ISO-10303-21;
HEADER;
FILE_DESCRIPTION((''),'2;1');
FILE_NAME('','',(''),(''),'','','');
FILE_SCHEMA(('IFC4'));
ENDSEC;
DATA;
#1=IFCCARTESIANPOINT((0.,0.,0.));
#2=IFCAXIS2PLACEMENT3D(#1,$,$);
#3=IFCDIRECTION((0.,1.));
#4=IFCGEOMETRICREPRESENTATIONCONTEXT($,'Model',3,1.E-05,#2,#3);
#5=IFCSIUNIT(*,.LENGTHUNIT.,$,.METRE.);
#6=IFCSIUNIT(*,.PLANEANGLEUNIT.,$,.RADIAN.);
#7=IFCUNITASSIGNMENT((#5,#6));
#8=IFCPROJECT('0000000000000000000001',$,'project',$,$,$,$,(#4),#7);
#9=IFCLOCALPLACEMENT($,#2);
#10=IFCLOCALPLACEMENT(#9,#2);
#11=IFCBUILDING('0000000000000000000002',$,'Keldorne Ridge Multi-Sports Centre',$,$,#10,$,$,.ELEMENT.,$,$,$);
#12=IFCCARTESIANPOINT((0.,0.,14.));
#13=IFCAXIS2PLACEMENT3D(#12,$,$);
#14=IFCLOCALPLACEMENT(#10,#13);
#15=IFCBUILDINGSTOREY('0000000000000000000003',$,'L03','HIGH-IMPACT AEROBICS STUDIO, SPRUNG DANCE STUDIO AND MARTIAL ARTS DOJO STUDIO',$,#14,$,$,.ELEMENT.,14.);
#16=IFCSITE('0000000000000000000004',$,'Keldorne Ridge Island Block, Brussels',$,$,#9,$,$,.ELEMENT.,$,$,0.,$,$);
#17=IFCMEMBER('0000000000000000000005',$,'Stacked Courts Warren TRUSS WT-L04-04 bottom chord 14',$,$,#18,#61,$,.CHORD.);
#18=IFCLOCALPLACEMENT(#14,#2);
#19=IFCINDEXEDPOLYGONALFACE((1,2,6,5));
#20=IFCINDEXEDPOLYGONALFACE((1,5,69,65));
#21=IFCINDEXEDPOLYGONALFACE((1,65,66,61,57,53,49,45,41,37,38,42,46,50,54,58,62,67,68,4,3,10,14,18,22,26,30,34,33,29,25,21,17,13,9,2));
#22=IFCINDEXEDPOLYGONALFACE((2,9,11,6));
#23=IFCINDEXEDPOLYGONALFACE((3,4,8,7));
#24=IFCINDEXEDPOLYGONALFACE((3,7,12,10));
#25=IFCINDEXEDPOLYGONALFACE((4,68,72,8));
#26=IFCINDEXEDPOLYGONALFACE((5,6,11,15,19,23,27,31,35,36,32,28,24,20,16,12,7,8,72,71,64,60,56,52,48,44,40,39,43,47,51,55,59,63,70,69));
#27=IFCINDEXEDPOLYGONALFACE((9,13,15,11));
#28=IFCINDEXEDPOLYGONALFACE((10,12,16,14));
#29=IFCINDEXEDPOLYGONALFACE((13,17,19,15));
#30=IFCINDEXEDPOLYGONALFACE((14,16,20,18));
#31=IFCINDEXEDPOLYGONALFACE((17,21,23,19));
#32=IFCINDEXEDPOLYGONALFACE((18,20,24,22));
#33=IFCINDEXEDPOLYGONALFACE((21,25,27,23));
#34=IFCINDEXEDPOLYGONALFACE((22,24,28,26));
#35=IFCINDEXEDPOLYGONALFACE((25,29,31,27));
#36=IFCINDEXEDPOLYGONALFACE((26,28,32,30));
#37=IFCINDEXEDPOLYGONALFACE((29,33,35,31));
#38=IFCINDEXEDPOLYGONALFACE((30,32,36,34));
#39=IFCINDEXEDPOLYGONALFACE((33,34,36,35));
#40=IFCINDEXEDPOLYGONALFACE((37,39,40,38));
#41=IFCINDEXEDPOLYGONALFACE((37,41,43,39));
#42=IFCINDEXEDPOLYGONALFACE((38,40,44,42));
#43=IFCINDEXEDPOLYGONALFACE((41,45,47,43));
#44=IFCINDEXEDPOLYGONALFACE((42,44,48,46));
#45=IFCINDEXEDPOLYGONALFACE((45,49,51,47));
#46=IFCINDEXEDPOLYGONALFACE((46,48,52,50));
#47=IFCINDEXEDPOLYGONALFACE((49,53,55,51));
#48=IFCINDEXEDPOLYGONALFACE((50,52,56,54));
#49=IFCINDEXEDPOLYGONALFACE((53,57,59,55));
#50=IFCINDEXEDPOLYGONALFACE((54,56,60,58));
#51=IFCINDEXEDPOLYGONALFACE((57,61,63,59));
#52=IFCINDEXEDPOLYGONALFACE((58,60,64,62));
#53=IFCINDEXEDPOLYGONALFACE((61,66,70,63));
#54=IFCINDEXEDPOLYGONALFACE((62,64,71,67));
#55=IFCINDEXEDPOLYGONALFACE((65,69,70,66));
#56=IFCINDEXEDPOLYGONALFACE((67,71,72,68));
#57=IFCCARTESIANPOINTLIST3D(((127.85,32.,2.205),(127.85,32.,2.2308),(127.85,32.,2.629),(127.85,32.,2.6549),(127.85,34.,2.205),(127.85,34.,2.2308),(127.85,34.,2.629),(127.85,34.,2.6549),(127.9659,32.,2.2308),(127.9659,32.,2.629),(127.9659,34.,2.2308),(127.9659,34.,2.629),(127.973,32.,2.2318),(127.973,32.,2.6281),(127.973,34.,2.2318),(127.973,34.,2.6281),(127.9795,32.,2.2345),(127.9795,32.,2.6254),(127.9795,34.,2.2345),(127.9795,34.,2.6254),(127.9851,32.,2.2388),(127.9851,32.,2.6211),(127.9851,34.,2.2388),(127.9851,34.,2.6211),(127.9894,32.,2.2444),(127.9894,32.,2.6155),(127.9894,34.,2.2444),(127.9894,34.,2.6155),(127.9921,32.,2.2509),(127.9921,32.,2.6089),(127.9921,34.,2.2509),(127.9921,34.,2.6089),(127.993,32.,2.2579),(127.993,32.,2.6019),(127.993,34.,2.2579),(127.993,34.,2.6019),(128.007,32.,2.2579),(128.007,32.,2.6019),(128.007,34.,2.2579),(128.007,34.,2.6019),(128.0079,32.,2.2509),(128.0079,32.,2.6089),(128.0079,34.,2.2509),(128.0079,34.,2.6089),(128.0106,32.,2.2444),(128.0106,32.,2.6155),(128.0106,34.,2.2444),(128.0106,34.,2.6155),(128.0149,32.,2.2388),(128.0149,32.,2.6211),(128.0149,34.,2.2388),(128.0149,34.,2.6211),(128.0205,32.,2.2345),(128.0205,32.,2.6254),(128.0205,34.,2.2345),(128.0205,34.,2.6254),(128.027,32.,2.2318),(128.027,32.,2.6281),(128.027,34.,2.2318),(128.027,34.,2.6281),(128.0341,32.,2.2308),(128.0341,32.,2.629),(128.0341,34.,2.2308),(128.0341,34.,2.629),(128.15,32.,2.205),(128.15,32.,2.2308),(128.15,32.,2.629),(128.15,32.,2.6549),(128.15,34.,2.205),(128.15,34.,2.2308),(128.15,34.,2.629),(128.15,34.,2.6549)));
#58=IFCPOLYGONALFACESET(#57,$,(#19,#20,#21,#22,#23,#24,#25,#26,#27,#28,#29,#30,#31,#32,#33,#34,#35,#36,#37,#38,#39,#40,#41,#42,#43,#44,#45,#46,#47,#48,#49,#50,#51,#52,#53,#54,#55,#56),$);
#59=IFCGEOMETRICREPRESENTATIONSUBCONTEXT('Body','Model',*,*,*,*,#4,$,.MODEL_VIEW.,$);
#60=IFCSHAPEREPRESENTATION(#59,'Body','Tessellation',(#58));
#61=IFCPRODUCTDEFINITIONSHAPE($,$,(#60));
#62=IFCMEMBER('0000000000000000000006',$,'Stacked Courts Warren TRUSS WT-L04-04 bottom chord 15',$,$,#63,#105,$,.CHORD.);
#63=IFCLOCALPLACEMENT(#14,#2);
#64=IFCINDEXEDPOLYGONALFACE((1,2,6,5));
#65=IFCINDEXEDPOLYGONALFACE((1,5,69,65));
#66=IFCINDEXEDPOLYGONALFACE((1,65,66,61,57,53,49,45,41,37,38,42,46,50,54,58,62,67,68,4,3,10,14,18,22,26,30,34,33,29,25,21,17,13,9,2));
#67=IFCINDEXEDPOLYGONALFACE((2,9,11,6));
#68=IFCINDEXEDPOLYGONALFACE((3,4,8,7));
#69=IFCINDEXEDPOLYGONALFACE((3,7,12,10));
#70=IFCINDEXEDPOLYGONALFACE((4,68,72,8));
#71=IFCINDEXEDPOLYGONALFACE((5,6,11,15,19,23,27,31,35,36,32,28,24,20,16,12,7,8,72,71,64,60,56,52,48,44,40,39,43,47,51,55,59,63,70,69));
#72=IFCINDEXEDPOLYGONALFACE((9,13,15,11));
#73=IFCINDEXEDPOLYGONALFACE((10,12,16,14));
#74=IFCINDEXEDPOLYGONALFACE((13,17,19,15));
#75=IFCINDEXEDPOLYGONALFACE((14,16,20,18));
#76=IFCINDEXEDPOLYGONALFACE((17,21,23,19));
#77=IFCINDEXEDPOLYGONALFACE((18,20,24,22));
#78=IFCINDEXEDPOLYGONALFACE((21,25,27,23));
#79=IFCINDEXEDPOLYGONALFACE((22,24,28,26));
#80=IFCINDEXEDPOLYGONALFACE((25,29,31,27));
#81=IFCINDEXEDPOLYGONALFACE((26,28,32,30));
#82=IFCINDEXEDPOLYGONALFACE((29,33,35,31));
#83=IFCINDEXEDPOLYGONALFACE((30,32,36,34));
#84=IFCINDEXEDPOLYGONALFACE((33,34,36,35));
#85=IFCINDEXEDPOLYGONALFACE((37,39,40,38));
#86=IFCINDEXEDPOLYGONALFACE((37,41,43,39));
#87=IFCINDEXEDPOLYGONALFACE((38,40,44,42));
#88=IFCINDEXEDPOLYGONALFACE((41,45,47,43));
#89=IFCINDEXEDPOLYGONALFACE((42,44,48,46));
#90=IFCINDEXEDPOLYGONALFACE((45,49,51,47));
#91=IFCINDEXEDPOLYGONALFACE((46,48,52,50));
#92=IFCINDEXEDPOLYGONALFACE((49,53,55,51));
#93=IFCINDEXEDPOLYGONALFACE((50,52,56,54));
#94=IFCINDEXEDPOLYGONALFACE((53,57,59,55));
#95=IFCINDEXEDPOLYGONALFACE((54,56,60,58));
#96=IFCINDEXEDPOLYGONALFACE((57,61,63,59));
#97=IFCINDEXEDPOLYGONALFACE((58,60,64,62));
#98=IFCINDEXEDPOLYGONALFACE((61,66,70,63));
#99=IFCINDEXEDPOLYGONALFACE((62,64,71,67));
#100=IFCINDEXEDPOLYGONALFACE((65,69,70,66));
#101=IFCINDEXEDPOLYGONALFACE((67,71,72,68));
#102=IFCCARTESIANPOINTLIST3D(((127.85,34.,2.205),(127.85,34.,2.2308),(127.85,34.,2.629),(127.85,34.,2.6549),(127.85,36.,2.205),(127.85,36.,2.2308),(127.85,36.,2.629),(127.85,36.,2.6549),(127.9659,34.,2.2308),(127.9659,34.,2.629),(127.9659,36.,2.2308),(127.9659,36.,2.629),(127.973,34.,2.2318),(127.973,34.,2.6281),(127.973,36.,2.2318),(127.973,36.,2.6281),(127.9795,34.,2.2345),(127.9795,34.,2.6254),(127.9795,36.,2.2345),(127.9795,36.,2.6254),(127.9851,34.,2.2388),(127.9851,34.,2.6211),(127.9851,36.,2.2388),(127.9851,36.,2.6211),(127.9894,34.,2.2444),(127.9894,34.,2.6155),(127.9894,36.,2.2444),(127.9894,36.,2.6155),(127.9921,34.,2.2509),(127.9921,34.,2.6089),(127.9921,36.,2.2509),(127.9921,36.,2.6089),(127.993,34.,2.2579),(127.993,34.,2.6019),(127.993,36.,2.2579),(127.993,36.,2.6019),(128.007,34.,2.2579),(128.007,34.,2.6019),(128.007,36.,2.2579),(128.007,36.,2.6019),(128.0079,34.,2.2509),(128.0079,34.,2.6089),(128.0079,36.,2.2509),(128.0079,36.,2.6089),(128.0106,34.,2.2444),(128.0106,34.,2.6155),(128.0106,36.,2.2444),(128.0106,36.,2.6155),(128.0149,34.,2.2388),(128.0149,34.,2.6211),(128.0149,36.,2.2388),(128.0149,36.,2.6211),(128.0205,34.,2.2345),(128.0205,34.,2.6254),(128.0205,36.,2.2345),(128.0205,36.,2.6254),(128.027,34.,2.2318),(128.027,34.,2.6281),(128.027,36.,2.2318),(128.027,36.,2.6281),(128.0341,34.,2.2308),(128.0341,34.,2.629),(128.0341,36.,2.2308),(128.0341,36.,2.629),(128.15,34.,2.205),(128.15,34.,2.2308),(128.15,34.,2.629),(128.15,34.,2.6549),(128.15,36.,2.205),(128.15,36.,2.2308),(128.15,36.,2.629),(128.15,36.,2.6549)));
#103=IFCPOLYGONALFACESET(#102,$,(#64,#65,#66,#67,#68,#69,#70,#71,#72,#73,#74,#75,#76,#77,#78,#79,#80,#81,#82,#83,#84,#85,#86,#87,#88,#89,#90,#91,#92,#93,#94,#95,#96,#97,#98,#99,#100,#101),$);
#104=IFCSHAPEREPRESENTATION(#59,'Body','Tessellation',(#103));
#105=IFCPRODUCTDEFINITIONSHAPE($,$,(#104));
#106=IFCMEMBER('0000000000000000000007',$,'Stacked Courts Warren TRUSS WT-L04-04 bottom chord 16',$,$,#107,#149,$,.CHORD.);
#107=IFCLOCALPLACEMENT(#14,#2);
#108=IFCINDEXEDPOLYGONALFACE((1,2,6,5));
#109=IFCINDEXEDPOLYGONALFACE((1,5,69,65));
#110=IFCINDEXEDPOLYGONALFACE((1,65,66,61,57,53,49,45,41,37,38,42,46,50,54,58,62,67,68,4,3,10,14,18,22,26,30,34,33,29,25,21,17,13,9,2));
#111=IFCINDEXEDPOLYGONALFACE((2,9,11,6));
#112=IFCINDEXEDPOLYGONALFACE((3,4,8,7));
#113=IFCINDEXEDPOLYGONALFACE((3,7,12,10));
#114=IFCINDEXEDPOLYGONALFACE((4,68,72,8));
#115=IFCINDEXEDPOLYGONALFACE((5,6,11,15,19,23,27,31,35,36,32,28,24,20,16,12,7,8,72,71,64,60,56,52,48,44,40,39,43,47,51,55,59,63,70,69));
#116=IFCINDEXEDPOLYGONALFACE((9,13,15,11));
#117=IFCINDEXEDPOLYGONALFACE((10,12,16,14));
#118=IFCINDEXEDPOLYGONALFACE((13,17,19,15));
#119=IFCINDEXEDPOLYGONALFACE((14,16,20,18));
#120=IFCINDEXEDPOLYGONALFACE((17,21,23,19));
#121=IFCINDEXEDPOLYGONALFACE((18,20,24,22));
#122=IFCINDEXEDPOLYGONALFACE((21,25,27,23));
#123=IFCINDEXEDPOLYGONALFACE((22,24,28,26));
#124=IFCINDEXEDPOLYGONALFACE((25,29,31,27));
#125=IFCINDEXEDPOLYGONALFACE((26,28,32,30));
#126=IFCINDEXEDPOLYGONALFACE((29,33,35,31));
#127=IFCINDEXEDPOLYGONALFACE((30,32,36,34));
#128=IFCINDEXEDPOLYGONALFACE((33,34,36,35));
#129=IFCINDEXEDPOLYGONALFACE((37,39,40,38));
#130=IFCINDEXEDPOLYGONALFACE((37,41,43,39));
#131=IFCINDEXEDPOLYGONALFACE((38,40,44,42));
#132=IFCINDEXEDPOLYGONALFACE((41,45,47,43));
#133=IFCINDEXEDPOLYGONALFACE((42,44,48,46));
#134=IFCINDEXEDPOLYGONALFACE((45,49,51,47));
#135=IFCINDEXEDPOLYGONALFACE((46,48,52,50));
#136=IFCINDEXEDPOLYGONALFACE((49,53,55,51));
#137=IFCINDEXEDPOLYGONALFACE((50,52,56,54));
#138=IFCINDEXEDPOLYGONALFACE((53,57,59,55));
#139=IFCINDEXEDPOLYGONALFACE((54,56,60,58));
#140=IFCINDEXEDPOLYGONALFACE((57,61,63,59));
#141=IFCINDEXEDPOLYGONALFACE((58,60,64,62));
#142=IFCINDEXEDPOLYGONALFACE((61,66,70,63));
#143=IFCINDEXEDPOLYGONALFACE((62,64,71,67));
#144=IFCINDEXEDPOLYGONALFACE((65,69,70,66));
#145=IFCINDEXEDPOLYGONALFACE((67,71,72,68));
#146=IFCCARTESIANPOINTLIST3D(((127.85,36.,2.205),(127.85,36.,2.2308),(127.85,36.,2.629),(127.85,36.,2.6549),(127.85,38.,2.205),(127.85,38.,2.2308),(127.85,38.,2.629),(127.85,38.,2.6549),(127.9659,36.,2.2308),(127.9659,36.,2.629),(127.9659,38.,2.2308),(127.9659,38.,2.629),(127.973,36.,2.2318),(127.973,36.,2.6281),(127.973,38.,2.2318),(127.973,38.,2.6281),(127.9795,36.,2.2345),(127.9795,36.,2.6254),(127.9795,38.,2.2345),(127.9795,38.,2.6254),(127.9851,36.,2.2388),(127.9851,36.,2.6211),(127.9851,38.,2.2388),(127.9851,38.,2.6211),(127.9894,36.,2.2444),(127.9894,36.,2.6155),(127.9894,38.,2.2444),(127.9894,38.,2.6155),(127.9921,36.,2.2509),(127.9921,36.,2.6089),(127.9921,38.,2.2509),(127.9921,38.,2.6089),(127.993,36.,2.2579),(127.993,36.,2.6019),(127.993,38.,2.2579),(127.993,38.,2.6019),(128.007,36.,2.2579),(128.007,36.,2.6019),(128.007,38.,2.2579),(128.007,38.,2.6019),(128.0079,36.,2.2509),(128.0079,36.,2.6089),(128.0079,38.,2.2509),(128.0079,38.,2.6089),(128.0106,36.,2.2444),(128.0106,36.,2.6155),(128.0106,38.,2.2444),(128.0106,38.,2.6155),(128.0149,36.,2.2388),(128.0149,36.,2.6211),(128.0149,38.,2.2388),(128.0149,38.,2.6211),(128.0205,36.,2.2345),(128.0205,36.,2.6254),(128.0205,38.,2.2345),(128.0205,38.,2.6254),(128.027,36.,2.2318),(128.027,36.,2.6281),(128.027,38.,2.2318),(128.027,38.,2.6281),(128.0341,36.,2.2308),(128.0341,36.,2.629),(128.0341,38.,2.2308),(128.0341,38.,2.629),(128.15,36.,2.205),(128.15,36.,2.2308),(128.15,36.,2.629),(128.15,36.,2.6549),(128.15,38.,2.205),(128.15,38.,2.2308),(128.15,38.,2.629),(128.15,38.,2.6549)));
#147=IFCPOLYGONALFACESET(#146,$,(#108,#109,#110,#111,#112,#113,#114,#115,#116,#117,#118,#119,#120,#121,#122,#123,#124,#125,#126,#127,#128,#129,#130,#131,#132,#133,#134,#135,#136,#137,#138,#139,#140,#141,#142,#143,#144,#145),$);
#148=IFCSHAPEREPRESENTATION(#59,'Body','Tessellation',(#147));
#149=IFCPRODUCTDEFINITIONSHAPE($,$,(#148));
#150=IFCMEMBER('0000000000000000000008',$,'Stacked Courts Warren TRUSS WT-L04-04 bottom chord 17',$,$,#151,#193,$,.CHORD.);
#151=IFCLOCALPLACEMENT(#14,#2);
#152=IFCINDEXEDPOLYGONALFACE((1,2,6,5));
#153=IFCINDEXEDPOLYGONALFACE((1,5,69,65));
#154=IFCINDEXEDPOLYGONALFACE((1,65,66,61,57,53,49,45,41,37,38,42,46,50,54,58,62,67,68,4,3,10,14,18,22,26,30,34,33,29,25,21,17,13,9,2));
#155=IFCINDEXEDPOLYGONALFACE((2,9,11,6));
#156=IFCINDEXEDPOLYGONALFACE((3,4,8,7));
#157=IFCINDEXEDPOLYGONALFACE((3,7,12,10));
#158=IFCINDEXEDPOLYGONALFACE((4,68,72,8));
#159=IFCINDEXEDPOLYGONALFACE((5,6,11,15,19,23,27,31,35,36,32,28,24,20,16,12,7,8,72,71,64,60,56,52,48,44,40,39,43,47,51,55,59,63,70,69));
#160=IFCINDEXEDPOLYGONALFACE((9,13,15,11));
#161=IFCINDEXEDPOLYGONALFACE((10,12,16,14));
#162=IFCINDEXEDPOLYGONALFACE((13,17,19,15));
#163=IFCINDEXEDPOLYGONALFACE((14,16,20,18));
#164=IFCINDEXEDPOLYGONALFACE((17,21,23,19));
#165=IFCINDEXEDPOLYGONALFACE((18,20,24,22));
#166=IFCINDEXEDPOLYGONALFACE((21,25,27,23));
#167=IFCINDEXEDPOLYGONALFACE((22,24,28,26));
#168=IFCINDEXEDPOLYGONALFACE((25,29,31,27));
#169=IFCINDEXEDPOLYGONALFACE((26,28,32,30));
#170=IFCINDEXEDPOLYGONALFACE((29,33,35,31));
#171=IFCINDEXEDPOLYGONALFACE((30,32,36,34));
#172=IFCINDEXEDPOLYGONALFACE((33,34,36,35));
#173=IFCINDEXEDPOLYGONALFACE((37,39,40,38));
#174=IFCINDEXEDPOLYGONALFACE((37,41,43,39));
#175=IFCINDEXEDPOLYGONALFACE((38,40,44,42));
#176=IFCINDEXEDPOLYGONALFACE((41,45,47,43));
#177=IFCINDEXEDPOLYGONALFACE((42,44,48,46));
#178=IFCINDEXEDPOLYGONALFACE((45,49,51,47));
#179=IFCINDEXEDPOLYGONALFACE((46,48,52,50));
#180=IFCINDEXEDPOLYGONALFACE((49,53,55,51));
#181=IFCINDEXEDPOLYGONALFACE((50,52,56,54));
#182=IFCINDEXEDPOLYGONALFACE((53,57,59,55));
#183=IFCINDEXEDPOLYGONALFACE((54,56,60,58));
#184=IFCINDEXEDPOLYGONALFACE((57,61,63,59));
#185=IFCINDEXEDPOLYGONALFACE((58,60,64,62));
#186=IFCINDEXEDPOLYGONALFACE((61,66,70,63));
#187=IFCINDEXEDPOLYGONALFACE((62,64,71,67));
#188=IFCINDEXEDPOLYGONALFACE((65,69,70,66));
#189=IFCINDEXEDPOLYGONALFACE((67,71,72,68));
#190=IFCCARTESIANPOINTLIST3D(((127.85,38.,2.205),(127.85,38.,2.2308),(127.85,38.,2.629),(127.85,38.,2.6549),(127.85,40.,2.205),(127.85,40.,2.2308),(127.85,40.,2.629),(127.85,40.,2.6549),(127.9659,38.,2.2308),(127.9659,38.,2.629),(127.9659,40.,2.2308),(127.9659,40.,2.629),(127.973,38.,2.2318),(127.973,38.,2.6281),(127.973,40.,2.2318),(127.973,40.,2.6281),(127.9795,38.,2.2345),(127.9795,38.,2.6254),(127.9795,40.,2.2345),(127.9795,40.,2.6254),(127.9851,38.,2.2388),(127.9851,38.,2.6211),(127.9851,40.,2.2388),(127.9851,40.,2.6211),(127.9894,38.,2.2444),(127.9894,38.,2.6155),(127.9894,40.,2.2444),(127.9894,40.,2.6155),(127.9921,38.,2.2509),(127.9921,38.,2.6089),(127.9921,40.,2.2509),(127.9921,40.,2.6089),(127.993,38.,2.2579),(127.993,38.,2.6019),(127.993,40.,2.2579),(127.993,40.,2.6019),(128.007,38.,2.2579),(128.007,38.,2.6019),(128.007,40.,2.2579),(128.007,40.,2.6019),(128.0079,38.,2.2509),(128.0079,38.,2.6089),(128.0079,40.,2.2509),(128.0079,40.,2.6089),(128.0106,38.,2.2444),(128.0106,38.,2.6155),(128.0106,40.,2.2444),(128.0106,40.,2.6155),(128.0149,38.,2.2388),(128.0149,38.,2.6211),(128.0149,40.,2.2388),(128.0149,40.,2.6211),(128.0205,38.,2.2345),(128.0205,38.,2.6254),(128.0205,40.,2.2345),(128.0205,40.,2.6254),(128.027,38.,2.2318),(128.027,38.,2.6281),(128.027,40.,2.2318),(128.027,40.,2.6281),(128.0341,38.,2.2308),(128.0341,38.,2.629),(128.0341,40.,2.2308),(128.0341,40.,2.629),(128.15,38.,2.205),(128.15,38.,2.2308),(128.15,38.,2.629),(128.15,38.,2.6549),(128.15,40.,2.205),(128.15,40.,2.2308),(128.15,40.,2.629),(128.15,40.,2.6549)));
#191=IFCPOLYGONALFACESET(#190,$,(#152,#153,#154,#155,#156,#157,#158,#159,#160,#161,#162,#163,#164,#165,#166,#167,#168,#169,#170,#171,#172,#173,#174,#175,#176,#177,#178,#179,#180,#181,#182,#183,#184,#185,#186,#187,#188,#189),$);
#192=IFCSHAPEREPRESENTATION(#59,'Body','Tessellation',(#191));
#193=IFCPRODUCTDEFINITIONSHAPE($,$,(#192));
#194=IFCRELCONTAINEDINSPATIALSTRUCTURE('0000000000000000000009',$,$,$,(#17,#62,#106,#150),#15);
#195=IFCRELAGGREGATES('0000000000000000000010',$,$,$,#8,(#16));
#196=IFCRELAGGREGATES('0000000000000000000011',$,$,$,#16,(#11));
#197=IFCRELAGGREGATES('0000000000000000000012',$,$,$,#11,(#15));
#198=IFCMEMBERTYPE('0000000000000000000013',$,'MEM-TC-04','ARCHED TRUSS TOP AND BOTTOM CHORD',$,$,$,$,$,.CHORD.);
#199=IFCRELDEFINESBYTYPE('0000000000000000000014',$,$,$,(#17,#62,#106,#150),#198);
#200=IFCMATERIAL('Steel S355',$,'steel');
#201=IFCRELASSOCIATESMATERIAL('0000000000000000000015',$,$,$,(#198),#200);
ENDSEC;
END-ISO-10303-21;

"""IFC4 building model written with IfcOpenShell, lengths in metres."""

from ifc_helpers import new_model, si_unit, direction, frame, origin, origin_2d, place, context, subcontext, project, spatial, i_section, extrude, material, material_profile, profile_set, type_object, element, save


model = new_model("IFC4")

# Units and contexts
model_context = context("Model", 3, precision=1e-05, world=origin(), true_north=direction((0.0, 1.0)))
body_context = subcontext(model_context, "Body", "Model", "MODEL_VIEW")
ifc_project = project(units=[si_unit("LENGTHUNIT", "METRE"), si_unit("PLANEANGLEUNIT", "RADIAN")], contexts=[model_context])

# Site, building, storey
site_placement = place(None, origin())
site = spatial("IfcSite", under=ifc_project, at=site_placement, Name="Keldorne Ridge Island Block, Brussels", CompositionType="ELEMENT", RefElevation=0.0)
building_placement = place(site_placement, origin())
building = spatial("IfcBuilding", under=site, at=building_placement, Name="Keldorne Ridge Multi-Sports Centre", CompositionType="ELEMENT")
storey_placement = place(building_placement, frame((0.0, 0.0, 14.0)))
storey = spatial("IfcBuildingStorey", under=building, at=storey_placement, Name="L03", Description="HIGH-IMPACT AEROBICS STUDIO, SPRUNG DANCE STUDIO AND MARTIAL ARTS DOJO STUDIO", CompositionType="ELEMENT", Elevation=14.0)

# Members
ifc_material = material(Name="Steel S355", Category="steel")
ifc_material_profile_1 = material_profile(ifc_material, i_section(OverallWidth=0.3, OverallDepth=0.45, WebThickness=0.0139, FlangeThickness=0.0259, FilletRadius=0.0271, at=origin_2d()), Name="HEB 450")
ifc_profile_set_1 = profile_set([ifc_material_profile_1], Name="Steel S355")
member_type_1 = type_object("IfcMemberType", Name="MEM-TC-04", Description="ARCHED TRUSS TOP AND BOTTOM CHORD", PredefinedType="CHORD", material=ifc_profile_set_1)
for number, where, z_axis, x_axis, name in (
    (1, (128.0, 32.0, 2.4299), (0.0, 1.0, 0.0), (-1.0, 0.0, 0.0), "Stacked Courts Warren TRUSS WT-L04-04 bottom chord 14"),
    (2, (128.0, 34.0, 2.4299), (0.0, 1.0, 0.0), (-1.0, 0.0, 0.0), "Stacked Courts Warren TRUSS WT-L04-04 bottom chord 15"),
    (3, (128.0, 36.0, 2.4299), (0.0, 1.0, 0.0), (-1.0, 0.0, 0.0), "Stacked Courts Warren TRUSS WT-L04-04 bottom chord 16"),
    (4, (128.0, 38.0, 2.4299), (0.0, 1.0, 0.0), (-1.0, 0.0, 0.0), "Stacked Courts Warren TRUSS WT-L04-04 bottom chord 17"),
):
    element("IfcMember", number, at=place(storey_placement, frame(where, z_axis=z_axis, x_axis=x_axis)), inside=storey, type_object=member_type_1, Name=name, PredefinedType="CHORD", context=body_context, shape_type="SweptSolid", body=[
        extrude(i_section(OverallWidth=0.3, OverallDepth=0.45, WebThickness=0.0139, FlangeThickness=0.0259, FilletRadius=0.0271, at=origin_2d()), origin(), (0.0, 0.0, 1.0), 2.0),
    ])

save(model, "model.ifc")
